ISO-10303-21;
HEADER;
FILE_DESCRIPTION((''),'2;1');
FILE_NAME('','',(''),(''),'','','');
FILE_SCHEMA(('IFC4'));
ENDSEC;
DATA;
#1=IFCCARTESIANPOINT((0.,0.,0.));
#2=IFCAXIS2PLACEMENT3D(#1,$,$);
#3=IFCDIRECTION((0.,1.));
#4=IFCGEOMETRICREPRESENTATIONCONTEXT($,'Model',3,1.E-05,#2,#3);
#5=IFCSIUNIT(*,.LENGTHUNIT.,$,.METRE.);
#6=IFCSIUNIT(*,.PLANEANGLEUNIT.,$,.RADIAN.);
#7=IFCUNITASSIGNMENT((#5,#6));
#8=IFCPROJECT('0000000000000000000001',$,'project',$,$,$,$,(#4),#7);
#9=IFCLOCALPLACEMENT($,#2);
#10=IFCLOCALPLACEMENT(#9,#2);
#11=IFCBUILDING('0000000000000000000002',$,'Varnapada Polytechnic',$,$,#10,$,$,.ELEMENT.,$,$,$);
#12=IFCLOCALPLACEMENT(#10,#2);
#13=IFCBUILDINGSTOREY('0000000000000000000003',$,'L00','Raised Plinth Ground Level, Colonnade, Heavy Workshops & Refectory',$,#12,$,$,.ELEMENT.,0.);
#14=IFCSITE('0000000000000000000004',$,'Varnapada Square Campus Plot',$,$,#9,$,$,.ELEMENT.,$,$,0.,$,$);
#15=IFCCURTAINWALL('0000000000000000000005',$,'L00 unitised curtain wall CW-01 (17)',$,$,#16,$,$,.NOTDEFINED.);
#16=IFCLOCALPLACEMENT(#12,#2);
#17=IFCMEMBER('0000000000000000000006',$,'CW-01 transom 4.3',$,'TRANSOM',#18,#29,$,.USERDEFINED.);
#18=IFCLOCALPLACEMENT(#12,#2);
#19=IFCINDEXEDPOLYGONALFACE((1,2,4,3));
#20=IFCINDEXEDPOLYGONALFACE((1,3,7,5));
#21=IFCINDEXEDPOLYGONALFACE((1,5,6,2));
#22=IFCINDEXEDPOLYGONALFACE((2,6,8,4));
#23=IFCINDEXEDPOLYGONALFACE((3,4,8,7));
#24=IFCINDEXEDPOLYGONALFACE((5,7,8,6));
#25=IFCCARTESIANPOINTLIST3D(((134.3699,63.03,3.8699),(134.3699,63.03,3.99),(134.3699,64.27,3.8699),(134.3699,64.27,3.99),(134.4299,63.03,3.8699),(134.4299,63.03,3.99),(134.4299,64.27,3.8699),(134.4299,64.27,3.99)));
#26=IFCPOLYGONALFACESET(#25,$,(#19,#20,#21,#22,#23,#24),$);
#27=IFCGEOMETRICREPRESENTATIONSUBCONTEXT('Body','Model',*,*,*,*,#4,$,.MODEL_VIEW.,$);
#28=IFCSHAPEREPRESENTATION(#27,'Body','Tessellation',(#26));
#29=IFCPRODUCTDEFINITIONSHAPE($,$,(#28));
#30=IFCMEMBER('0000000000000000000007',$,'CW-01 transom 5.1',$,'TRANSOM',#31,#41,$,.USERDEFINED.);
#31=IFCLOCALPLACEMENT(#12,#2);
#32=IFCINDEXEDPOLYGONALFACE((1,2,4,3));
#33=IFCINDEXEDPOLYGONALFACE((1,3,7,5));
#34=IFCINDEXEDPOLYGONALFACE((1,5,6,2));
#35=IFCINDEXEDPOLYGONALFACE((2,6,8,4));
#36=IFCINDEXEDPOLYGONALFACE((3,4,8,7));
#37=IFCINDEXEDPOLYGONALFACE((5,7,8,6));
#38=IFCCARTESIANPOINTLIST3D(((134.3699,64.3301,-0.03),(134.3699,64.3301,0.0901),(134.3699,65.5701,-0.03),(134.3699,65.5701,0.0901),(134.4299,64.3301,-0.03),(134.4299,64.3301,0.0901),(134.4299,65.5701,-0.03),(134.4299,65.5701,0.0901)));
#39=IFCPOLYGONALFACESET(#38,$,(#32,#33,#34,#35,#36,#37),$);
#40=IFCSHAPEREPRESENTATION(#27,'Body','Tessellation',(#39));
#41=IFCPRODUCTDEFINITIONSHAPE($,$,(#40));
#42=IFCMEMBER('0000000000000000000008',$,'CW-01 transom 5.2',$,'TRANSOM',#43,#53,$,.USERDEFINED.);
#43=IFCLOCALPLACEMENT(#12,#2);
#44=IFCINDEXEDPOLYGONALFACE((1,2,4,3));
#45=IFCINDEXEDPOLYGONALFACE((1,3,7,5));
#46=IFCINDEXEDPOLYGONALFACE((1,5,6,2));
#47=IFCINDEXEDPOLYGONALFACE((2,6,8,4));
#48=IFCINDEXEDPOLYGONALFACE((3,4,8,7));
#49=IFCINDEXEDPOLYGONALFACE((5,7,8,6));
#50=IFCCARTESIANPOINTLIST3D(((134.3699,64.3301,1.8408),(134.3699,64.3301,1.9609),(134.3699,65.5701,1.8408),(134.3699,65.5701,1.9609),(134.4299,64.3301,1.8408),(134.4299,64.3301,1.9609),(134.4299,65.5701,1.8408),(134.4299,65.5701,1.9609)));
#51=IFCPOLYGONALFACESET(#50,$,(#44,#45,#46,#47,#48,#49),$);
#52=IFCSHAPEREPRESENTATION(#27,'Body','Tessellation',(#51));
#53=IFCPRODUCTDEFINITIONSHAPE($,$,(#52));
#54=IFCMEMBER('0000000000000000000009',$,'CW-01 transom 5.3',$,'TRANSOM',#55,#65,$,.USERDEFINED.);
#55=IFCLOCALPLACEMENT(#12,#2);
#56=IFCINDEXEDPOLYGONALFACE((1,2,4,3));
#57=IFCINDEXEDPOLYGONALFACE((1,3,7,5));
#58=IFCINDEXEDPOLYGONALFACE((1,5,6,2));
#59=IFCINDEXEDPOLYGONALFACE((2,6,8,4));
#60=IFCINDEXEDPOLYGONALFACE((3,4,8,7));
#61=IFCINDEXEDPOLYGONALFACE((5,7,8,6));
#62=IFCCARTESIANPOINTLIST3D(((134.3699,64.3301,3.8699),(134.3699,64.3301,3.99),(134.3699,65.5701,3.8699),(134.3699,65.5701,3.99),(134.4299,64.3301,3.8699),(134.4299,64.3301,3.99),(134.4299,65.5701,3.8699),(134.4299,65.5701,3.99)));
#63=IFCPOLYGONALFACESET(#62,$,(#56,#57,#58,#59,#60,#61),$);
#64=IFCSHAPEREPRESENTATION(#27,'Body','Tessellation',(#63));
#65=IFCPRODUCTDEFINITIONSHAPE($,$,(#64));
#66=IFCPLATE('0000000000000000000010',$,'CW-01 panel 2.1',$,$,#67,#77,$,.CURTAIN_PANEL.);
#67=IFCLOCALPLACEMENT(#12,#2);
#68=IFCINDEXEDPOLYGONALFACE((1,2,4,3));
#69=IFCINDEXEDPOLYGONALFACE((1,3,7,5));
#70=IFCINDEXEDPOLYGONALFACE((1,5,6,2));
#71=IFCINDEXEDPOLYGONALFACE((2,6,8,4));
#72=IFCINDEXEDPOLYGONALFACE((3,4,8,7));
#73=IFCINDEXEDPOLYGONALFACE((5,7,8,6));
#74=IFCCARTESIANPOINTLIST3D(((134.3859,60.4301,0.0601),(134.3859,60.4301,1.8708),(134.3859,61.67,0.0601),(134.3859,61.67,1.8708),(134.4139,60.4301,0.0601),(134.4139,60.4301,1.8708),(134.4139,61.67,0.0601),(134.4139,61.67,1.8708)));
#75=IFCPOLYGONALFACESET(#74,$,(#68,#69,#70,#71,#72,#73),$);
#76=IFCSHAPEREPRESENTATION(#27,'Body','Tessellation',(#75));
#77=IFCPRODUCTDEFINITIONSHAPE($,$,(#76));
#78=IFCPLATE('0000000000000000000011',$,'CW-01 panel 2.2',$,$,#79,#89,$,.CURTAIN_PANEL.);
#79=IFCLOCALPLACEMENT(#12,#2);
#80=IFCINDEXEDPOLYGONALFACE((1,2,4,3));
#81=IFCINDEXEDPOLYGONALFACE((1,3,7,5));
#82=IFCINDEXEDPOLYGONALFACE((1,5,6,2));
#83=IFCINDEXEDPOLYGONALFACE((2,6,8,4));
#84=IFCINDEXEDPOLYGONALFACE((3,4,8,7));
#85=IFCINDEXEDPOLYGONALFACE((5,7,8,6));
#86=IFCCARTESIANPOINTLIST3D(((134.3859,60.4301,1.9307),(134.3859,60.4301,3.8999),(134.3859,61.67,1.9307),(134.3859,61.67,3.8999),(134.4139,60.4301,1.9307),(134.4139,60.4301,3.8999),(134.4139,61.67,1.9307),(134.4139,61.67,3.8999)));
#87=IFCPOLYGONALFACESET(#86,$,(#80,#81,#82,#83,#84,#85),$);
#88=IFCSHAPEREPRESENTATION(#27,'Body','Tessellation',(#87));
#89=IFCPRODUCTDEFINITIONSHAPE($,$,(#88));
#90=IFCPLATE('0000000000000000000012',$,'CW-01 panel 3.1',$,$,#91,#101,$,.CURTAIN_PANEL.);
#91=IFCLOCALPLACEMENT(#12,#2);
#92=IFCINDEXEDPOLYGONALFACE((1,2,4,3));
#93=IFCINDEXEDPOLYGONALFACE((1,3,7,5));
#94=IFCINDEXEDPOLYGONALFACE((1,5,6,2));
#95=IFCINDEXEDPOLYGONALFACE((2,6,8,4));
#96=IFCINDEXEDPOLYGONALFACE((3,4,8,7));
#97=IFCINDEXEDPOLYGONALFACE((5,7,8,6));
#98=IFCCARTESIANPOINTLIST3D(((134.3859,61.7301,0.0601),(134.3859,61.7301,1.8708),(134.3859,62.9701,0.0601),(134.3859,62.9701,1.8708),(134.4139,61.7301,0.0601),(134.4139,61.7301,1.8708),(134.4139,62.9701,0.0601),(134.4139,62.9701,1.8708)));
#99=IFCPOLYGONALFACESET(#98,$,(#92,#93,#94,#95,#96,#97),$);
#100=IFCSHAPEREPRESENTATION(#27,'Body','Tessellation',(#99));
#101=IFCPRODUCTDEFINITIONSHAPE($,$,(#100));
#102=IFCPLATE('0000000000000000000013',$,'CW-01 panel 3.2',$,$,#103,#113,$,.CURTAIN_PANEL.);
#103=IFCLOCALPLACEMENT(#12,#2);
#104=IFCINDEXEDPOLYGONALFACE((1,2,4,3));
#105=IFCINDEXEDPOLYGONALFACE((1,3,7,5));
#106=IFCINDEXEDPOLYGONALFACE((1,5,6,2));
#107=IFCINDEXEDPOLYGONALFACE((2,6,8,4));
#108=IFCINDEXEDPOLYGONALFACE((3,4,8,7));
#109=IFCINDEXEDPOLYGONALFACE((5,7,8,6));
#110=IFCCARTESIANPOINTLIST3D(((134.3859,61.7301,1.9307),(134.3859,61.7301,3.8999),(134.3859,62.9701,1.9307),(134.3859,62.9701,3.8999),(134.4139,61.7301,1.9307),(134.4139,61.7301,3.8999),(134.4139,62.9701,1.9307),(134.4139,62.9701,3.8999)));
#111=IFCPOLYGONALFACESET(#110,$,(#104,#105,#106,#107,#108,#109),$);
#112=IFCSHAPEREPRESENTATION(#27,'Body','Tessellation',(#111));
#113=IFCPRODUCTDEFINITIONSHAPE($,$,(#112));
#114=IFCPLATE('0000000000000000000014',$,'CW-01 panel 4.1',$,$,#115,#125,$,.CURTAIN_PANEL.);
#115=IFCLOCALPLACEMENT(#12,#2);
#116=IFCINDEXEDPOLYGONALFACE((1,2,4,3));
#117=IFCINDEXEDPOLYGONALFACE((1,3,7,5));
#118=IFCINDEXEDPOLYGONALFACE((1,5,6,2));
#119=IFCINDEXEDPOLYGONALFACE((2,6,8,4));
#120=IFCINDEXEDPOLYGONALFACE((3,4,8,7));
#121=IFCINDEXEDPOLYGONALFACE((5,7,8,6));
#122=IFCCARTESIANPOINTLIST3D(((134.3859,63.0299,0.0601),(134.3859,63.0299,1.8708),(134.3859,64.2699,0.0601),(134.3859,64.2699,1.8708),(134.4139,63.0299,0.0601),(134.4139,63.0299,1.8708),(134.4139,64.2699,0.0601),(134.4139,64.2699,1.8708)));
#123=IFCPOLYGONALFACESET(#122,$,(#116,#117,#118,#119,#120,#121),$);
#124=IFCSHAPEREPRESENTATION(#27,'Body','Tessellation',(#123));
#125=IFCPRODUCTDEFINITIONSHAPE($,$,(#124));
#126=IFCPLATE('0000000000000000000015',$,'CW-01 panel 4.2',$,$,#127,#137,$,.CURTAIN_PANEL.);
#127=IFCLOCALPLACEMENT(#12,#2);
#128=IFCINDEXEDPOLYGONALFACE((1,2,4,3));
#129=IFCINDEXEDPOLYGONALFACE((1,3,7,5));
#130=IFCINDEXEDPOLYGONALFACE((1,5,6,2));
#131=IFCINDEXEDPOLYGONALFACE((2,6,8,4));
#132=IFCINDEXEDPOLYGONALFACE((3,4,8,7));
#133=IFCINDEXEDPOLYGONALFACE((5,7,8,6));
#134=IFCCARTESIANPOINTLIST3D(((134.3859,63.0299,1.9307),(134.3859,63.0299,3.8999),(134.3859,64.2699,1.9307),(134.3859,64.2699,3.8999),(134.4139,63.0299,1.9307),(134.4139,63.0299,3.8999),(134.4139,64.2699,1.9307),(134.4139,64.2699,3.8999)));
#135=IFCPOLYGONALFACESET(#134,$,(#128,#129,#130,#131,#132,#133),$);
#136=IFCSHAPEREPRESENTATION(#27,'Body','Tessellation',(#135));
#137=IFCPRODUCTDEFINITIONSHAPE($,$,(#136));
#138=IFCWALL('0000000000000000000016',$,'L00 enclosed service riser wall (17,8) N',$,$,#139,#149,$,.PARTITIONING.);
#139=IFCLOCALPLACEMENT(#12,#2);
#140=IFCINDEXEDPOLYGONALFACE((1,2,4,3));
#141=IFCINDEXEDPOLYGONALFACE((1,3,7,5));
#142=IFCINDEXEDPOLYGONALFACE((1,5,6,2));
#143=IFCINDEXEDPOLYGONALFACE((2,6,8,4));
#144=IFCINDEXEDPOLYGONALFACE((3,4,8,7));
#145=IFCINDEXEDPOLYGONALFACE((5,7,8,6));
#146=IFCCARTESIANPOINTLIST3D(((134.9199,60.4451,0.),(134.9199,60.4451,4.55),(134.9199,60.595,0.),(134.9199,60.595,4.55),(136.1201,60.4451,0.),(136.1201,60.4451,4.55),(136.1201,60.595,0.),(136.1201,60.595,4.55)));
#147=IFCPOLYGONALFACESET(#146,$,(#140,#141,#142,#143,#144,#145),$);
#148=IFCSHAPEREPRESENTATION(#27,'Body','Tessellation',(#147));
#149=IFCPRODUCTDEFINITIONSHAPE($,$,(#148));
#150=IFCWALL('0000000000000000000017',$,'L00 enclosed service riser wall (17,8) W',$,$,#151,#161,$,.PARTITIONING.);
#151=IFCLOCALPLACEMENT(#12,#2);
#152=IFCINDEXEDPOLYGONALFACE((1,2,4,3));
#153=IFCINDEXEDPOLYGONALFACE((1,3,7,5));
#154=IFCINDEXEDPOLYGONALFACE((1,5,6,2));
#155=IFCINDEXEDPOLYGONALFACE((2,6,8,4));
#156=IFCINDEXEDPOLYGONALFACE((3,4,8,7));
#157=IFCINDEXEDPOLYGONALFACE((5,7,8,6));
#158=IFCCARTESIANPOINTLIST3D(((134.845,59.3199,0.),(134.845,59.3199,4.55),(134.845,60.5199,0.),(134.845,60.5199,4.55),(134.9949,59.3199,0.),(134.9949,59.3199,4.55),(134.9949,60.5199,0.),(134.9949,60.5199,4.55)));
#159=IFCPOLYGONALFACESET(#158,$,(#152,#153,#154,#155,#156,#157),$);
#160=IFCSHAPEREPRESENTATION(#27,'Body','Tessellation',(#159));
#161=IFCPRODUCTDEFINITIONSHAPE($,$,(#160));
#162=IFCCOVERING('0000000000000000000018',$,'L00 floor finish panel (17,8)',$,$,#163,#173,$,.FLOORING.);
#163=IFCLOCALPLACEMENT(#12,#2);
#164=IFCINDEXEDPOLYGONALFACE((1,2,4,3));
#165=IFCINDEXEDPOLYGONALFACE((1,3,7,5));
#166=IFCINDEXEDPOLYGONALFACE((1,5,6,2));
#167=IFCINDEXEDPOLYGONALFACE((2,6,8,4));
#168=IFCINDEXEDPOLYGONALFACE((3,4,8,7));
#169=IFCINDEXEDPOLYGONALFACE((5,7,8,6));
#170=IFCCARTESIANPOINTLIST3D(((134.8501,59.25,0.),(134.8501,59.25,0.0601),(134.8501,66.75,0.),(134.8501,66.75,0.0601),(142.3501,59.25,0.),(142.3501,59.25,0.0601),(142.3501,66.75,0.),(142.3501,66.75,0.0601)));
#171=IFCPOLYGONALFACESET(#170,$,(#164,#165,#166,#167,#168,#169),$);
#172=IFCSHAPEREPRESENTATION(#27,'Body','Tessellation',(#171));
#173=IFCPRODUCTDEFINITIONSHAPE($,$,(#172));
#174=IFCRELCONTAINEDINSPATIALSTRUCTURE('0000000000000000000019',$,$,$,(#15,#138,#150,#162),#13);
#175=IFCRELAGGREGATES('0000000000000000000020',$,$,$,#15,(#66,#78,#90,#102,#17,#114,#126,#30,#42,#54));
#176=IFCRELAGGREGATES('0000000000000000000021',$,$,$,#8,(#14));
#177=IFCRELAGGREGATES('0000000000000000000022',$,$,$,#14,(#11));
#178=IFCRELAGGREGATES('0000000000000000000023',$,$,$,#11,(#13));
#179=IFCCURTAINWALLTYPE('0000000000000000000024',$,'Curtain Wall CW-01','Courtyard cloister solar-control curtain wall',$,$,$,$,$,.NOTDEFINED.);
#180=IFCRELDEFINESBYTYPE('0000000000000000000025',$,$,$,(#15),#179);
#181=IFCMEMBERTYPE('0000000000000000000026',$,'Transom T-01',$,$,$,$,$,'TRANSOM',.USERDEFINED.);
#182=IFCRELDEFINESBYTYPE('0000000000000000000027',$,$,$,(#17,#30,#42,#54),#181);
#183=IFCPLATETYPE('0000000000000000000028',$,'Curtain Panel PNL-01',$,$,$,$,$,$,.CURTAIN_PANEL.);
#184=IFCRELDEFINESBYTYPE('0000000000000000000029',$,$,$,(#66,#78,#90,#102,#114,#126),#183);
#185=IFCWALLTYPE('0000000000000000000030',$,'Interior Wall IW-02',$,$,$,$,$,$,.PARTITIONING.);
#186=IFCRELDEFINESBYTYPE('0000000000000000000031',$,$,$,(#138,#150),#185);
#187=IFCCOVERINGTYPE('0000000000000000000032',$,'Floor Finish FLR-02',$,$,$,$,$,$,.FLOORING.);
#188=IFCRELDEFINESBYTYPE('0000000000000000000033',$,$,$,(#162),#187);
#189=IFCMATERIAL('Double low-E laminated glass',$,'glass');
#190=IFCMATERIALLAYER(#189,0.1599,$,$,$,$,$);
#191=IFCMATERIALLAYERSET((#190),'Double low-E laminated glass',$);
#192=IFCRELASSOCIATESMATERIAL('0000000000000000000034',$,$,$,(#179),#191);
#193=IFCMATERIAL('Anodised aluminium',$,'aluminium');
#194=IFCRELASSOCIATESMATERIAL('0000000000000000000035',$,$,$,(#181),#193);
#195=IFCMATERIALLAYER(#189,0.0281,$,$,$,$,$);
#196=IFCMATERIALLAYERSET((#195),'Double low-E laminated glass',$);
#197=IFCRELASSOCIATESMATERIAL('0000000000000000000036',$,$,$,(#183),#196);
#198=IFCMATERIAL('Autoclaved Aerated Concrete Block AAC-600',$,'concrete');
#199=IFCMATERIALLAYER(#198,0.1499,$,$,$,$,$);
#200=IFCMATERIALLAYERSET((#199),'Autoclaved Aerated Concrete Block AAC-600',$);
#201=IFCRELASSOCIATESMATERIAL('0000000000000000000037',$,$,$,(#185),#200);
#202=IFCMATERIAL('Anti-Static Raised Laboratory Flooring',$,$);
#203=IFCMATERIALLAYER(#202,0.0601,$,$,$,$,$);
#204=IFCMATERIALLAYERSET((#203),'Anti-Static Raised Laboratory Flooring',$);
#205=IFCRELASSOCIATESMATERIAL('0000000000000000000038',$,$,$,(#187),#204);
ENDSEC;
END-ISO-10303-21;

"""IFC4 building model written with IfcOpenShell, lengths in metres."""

from ifc_helpers import new_model, si_unit, direction, frame, frame_2d, origin, origin_2d, place, context, subcontext, project, spatial, rectangle, extrude, material, layer, layer_set, material_profile, profile_set, type_object, element, aggregate, save


model = new_model("IFC4")

# Units and contexts
model_context = context("Model", 3, precision=1e-05, world=origin(), true_north=direction((0.0, 1.0)))
body_context = subcontext(model_context, "Body", "Model", "MODEL_VIEW")
ifc_project = project(units=[si_unit("LENGTHUNIT", "METRE"), si_unit("PLANEANGLEUNIT", "RADIAN")], contexts=[model_context])

# Site, building, storey
site_placement = place(None, origin())
site = spatial("IfcSite", under=ifc_project, at=site_placement, Name="Varnapada Square Campus Plot", CompositionType="ELEMENT", RefElevation=0.0)
building_placement = place(site_placement, origin())
building = spatial("IfcBuilding", under=site, at=building_placement, Name="Varnapada Polytechnic", CompositionType="ELEMENT")
storey_placement = place(building_placement, origin())
storey = spatial("IfcBuildingStorey", under=building, at=storey_placement, Name="L00", Description="Raised Plinth Ground Level, Colonnade, Heavy Workshops & Refectory", CompositionType="ELEMENT", Elevation=0.0)

# Curtain wall, members, plates
ifc_material_1 = material(Name="Double low-E laminated glass", Category="glass")
ifc_layer_1 = layer(ifc_material_1, 0.1599)
ifc_layer_set_1 = layer_set([ifc_layer_1], Name="Double low-E laminated glass")
curtain_wall_type = type_object("IfcCurtainWallType", Name="Curtain Wall CW-01", Description="Courtyard cloister solar-control curtain wall", PredefinedType="NOTDEFINED", material=ifc_layer_set_1)
curtain_wall_placement = place(storey_placement, origin())
curtain_wall = element("IfcCurtainWall", 1, at=curtain_wall_placement, inside=storey, type_object=curtain_wall_type, Name="L00 unitised curtain wall CW-01 (17)", PredefinedType="NOTDEFINED")
ifc_material_2 = material(Name="Anodised aluminium", Category="aluminium")
ifc_material_profile_1 = material_profile(ifc_material_2, rectangle(XDim=0.0601, YDim=0.1201, at=origin_2d()), Name="ALU T60x120")
ifc_profile_set_1 = profile_set([ifc_material_profile_1], Name="Anodised aluminium")
member_type_1 = type_object("IfcMemberType", Name="Transom T-01", ElementType="TRANSOM", PredefinedType="USERDEFINED", material=ifc_profile_set_1)
member_1_placement = place(storey_placement, frame((134.3999, 63.03, 3.9299), z_axis=(0.0, 1.0, 0.0), x_axis=(-1.0, 0.0, 0.0)))
member_1 = element("IfcMember", 2, at=member_1_placement, type_object=member_type_1, Name="CW-01 transom 4.3", ObjectType="TRANSOM", PredefinedType="USERDEFINED", context=body_context, shape_type="SweptSolid", body=[
    extrude(rectangle(XDim=0.0601, YDim=0.1201, at=origin_2d()), origin(), (0.0, 0.0, 1.0), 1.24),
])
member_2_placement = place(storey_placement, frame((134.3999, 64.3301, 0.03), z_axis=(0.0, 1.0, 0.0), x_axis=(-1.0, 0.0, 0.0)))
member_2 = element("IfcMember", 3, at=member_2_placement, type_object=member_type_1, Name="CW-01 transom 5.1", ObjectType="TRANSOM", PredefinedType="USERDEFINED", context=body_context, shape_type="SweptSolid", body=[
    extrude(rectangle(XDim=0.0601, YDim=0.1201, at=origin_2d()), origin(), (0.0, 0.0, 1.0), 1.24),
])
member_3_placement = place(storey_placement, frame((134.3999, 64.3301, 1.9009), z_axis=(0.0, 1.0, 0.0), x_axis=(-1.0, 0.0, 0.0)))
member_3 = element("IfcMember", 4, at=member_3_placement, type_object=member_type_1, Name="CW-01 transom 5.2", ObjectType="TRANSOM", PredefinedType="USERDEFINED", context=body_context, shape_type="SweptSolid", body=[
    extrude(rectangle(XDim=0.0601, YDim=0.1201, at=origin_2d()), origin(), (0.0, 0.0, 1.0), 1.24),
])
member_4_placement = place(storey_placement, frame((134.3999, 64.3301, 3.9299), z_axis=(0.0, 1.0, 0.0), x_axis=(-1.0, 0.0, 0.0)))
member_4 = element("IfcMember", 5, at=member_4_placement, type_object=member_type_1, Name="CW-01 transom 5.3", ObjectType="TRANSOM", PredefinedType="USERDEFINED", context=body_context, shape_type="SweptSolid", body=[
    extrude(rectangle(XDim=0.0601, YDim=0.1201, at=origin_2d()), origin(), (0.0, 0.0, 1.0), 1.24),
])
ifc_layer_2 = layer(ifc_material_1, 0.0281)
ifc_layer_set_2 = layer_set([ifc_layer_2], Name="Double low-E laminated glass")
plate_type = type_object("IfcPlateType", Name="Curtain Panel PNL-01", PredefinedType="CURTAIN_PANEL", material=ifc_layer_set_2)
plate_1_placement = place(storey_placement, frame((134.3999, 61.05, 0.0601), z_axis=(0.0, 0.0, 1.0), x_axis=(0.0, 1.0, 0.0)))
plate_1 = element("IfcPlate", 6, at=plate_1_placement, type_object=plate_type, Name="CW-01 panel 2.1", PredefinedType="CURTAIN_PANEL", context=body_context, shape_type="SweptSolid", body=[
    extrude(rectangle(XDim=1.24, YDim=0.0281, at=origin_2d()), origin(), (0.0, 0.0, 1.0), 1.8108),
])
plate_2_placement = place(storey_placement, frame((134.3999, 61.05, 1.9307), z_axis=(0.0, 0.0, 1.0), x_axis=(0.0, 1.0, 0.0)))
plate_2 = element("IfcPlate", 7, at=plate_2_placement, type_object=plate_type, Name="CW-01 panel 2.2", PredefinedType="CURTAIN_PANEL", context=body_context, shape_type="SweptSolid", body=[
    extrude(rectangle(XDim=1.24, YDim=0.0281, at=origin_2d()), origin(), (0.0, 0.0, 1.0), 1.9692),
])
plate_3_placement = place(storey_placement, frame((134.3999, 62.3501, 0.0601), z_axis=(0.0, 0.0, 1.0), x_axis=(0.0, 1.0, 0.0)))
plate_3 = element("IfcPlate", 8, at=plate_3_placement, type_object=plate_type, Name="CW-01 panel 3.1", PredefinedType="CURTAIN_PANEL", context=body_context, shape_type="SweptSolid", body=[
    extrude(rectangle(XDim=1.24, YDim=0.0281, at=origin_2d()), origin(), (0.0, 0.0, 1.0), 1.8108),
])
plate_4_placement = place(storey_placement, frame((134.3999, 62.3501, 1.9307), z_axis=(0.0, 0.0, 1.0), x_axis=(0.0, 1.0, 0.0)))
plate_4 = element("IfcPlate", 9, at=plate_4_placement, type_object=plate_type, Name="CW-01 panel 3.2", PredefinedType="CURTAIN_PANEL", context=body_context, shape_type="SweptSolid", body=[
    extrude(rectangle(XDim=1.24, YDim=0.0281, at=origin_2d()), origin(), (0.0, 0.0, 1.0), 1.9692),
])
plate_5_placement = place(storey_placement, frame((134.3999, 63.6499, 0.0601), z_axis=(0.0, 0.0, 1.0), x_axis=(0.0, 1.0, 0.0)))
plate_5 = element("IfcPlate", 10, at=plate_5_placement, type_object=plate_type, Name="CW-01 panel 4.1", PredefinedType="CURTAIN_PANEL", context=body_context, shape_type="SweptSolid", body=[
    extrude(rectangle(XDim=1.24, YDim=0.0281, at=origin_2d()), origin(), (0.0, 0.0, 1.0), 1.8108),
])
plate_6_placement = place(storey_placement, frame((134.3999, 63.6499, 1.9307), z_axis=(0.0, 0.0, 1.0), x_axis=(0.0, 1.0, 0.0)))
plate_6 = element("IfcPlate", 11, at=plate_6_placement, type_object=plate_type, Name="CW-01 panel 4.2", PredefinedType="CURTAIN_PANEL", context=body_context, shape_type="SweptSolid", body=[
    extrude(rectangle(XDim=1.24, YDim=0.0281, at=origin_2d()), origin(), (0.0, 0.0, 1.0), 1.9692),
])
aggregate(curtain_wall, [plate_1, plate_2, plate_3, plate_4, member_1, plate_5, plate_6, member_2, member_3, member_4])

# Walls
ifc_material_3 = material(Name="Autoclaved Aerated Concrete Block AAC-600", Category="concrete")
ifc_layer_3 = layer(ifc_material_3, 0.1499)
ifc_layer_set_3 = layer_set([ifc_layer_3], Name="Autoclaved Aerated Concrete Block AAC-600")
wall_type = type_object("IfcWallType", Name="Interior Wall IW-02", PredefinedType="PARTITIONING", material=ifc_layer_set_3)
wall_1_placement = place(storey_placement, frame((136.1201, 60.52, 0.0), z_axis=(0.0, 0.0, 1.0), x_axis=(-1.0, 0.0, 0.0)))
element("IfcWall", 12, at=wall_1_placement, inside=storey, type_object=wall_type, Name="L00 enclosed service riser wall (17,8) N", PredefinedType="PARTITIONING", context=body_context, shape_type="SweptSolid", body=[
    extrude(rectangle(XDim=1.2002, YDim=0.1499, at=frame_2d((0.6001, 0.0))), origin(), (0.0, 0.0, 1.0), 4.55),
])
wall_2_placement = place(storey_placement, frame((134.9199, 60.52, 0.0), z_axis=(0.0, 0.0, 1.0), x_axis=(0.0, -1.0, 0.0)))
element("IfcWall", 13, at=wall_2_placement, inside=storey, type_object=wall_type, Name="L00 enclosed service riser wall (17,8) W", PredefinedType="PARTITIONING", context=body_context, shape_type="SweptSolid", body=[
    extrude(rectangle(XDim=1.2, YDim=0.1499, at=frame_2d((0.6001, 0.0))), origin(), (0.0, 0.0, 1.0), 4.55),
])

# Covering
ifc_material_4 = material(Name="Anti-Static Raised Laboratory Flooring")
ifc_layer_4 = layer(ifc_material_4, 0.0601)
ifc_layer_set_4 = layer_set([ifc_layer_4], Name="Anti-Static Raised Laboratory Flooring")
covering_type = type_object("IfcCoveringType", Name="Floor Finish FLR-02", PredefinedType="FLOORING", material=ifc_layer_set_4)
covering_placement = place(storey_placement, frame((138.6001, 63.0, 0.0), z_axis=(0.0, 0.0, 1.0), x_axis=(1.0, 0.0, 0.0)))
element("IfcCovering", 14, at=covering_placement, inside=storey, type_object=covering_type, Name="L00 floor finish panel (17,8)", PredefinedType="FLOORING", context=body_context, shape_type="SweptSolid", body=[
    extrude(rectangle(XDim=7.5, YDim=7.5, at=origin_2d()), origin(), (0.0, 0.0, 1.0), 0.0601),
])

save(model, "model.ifc")
